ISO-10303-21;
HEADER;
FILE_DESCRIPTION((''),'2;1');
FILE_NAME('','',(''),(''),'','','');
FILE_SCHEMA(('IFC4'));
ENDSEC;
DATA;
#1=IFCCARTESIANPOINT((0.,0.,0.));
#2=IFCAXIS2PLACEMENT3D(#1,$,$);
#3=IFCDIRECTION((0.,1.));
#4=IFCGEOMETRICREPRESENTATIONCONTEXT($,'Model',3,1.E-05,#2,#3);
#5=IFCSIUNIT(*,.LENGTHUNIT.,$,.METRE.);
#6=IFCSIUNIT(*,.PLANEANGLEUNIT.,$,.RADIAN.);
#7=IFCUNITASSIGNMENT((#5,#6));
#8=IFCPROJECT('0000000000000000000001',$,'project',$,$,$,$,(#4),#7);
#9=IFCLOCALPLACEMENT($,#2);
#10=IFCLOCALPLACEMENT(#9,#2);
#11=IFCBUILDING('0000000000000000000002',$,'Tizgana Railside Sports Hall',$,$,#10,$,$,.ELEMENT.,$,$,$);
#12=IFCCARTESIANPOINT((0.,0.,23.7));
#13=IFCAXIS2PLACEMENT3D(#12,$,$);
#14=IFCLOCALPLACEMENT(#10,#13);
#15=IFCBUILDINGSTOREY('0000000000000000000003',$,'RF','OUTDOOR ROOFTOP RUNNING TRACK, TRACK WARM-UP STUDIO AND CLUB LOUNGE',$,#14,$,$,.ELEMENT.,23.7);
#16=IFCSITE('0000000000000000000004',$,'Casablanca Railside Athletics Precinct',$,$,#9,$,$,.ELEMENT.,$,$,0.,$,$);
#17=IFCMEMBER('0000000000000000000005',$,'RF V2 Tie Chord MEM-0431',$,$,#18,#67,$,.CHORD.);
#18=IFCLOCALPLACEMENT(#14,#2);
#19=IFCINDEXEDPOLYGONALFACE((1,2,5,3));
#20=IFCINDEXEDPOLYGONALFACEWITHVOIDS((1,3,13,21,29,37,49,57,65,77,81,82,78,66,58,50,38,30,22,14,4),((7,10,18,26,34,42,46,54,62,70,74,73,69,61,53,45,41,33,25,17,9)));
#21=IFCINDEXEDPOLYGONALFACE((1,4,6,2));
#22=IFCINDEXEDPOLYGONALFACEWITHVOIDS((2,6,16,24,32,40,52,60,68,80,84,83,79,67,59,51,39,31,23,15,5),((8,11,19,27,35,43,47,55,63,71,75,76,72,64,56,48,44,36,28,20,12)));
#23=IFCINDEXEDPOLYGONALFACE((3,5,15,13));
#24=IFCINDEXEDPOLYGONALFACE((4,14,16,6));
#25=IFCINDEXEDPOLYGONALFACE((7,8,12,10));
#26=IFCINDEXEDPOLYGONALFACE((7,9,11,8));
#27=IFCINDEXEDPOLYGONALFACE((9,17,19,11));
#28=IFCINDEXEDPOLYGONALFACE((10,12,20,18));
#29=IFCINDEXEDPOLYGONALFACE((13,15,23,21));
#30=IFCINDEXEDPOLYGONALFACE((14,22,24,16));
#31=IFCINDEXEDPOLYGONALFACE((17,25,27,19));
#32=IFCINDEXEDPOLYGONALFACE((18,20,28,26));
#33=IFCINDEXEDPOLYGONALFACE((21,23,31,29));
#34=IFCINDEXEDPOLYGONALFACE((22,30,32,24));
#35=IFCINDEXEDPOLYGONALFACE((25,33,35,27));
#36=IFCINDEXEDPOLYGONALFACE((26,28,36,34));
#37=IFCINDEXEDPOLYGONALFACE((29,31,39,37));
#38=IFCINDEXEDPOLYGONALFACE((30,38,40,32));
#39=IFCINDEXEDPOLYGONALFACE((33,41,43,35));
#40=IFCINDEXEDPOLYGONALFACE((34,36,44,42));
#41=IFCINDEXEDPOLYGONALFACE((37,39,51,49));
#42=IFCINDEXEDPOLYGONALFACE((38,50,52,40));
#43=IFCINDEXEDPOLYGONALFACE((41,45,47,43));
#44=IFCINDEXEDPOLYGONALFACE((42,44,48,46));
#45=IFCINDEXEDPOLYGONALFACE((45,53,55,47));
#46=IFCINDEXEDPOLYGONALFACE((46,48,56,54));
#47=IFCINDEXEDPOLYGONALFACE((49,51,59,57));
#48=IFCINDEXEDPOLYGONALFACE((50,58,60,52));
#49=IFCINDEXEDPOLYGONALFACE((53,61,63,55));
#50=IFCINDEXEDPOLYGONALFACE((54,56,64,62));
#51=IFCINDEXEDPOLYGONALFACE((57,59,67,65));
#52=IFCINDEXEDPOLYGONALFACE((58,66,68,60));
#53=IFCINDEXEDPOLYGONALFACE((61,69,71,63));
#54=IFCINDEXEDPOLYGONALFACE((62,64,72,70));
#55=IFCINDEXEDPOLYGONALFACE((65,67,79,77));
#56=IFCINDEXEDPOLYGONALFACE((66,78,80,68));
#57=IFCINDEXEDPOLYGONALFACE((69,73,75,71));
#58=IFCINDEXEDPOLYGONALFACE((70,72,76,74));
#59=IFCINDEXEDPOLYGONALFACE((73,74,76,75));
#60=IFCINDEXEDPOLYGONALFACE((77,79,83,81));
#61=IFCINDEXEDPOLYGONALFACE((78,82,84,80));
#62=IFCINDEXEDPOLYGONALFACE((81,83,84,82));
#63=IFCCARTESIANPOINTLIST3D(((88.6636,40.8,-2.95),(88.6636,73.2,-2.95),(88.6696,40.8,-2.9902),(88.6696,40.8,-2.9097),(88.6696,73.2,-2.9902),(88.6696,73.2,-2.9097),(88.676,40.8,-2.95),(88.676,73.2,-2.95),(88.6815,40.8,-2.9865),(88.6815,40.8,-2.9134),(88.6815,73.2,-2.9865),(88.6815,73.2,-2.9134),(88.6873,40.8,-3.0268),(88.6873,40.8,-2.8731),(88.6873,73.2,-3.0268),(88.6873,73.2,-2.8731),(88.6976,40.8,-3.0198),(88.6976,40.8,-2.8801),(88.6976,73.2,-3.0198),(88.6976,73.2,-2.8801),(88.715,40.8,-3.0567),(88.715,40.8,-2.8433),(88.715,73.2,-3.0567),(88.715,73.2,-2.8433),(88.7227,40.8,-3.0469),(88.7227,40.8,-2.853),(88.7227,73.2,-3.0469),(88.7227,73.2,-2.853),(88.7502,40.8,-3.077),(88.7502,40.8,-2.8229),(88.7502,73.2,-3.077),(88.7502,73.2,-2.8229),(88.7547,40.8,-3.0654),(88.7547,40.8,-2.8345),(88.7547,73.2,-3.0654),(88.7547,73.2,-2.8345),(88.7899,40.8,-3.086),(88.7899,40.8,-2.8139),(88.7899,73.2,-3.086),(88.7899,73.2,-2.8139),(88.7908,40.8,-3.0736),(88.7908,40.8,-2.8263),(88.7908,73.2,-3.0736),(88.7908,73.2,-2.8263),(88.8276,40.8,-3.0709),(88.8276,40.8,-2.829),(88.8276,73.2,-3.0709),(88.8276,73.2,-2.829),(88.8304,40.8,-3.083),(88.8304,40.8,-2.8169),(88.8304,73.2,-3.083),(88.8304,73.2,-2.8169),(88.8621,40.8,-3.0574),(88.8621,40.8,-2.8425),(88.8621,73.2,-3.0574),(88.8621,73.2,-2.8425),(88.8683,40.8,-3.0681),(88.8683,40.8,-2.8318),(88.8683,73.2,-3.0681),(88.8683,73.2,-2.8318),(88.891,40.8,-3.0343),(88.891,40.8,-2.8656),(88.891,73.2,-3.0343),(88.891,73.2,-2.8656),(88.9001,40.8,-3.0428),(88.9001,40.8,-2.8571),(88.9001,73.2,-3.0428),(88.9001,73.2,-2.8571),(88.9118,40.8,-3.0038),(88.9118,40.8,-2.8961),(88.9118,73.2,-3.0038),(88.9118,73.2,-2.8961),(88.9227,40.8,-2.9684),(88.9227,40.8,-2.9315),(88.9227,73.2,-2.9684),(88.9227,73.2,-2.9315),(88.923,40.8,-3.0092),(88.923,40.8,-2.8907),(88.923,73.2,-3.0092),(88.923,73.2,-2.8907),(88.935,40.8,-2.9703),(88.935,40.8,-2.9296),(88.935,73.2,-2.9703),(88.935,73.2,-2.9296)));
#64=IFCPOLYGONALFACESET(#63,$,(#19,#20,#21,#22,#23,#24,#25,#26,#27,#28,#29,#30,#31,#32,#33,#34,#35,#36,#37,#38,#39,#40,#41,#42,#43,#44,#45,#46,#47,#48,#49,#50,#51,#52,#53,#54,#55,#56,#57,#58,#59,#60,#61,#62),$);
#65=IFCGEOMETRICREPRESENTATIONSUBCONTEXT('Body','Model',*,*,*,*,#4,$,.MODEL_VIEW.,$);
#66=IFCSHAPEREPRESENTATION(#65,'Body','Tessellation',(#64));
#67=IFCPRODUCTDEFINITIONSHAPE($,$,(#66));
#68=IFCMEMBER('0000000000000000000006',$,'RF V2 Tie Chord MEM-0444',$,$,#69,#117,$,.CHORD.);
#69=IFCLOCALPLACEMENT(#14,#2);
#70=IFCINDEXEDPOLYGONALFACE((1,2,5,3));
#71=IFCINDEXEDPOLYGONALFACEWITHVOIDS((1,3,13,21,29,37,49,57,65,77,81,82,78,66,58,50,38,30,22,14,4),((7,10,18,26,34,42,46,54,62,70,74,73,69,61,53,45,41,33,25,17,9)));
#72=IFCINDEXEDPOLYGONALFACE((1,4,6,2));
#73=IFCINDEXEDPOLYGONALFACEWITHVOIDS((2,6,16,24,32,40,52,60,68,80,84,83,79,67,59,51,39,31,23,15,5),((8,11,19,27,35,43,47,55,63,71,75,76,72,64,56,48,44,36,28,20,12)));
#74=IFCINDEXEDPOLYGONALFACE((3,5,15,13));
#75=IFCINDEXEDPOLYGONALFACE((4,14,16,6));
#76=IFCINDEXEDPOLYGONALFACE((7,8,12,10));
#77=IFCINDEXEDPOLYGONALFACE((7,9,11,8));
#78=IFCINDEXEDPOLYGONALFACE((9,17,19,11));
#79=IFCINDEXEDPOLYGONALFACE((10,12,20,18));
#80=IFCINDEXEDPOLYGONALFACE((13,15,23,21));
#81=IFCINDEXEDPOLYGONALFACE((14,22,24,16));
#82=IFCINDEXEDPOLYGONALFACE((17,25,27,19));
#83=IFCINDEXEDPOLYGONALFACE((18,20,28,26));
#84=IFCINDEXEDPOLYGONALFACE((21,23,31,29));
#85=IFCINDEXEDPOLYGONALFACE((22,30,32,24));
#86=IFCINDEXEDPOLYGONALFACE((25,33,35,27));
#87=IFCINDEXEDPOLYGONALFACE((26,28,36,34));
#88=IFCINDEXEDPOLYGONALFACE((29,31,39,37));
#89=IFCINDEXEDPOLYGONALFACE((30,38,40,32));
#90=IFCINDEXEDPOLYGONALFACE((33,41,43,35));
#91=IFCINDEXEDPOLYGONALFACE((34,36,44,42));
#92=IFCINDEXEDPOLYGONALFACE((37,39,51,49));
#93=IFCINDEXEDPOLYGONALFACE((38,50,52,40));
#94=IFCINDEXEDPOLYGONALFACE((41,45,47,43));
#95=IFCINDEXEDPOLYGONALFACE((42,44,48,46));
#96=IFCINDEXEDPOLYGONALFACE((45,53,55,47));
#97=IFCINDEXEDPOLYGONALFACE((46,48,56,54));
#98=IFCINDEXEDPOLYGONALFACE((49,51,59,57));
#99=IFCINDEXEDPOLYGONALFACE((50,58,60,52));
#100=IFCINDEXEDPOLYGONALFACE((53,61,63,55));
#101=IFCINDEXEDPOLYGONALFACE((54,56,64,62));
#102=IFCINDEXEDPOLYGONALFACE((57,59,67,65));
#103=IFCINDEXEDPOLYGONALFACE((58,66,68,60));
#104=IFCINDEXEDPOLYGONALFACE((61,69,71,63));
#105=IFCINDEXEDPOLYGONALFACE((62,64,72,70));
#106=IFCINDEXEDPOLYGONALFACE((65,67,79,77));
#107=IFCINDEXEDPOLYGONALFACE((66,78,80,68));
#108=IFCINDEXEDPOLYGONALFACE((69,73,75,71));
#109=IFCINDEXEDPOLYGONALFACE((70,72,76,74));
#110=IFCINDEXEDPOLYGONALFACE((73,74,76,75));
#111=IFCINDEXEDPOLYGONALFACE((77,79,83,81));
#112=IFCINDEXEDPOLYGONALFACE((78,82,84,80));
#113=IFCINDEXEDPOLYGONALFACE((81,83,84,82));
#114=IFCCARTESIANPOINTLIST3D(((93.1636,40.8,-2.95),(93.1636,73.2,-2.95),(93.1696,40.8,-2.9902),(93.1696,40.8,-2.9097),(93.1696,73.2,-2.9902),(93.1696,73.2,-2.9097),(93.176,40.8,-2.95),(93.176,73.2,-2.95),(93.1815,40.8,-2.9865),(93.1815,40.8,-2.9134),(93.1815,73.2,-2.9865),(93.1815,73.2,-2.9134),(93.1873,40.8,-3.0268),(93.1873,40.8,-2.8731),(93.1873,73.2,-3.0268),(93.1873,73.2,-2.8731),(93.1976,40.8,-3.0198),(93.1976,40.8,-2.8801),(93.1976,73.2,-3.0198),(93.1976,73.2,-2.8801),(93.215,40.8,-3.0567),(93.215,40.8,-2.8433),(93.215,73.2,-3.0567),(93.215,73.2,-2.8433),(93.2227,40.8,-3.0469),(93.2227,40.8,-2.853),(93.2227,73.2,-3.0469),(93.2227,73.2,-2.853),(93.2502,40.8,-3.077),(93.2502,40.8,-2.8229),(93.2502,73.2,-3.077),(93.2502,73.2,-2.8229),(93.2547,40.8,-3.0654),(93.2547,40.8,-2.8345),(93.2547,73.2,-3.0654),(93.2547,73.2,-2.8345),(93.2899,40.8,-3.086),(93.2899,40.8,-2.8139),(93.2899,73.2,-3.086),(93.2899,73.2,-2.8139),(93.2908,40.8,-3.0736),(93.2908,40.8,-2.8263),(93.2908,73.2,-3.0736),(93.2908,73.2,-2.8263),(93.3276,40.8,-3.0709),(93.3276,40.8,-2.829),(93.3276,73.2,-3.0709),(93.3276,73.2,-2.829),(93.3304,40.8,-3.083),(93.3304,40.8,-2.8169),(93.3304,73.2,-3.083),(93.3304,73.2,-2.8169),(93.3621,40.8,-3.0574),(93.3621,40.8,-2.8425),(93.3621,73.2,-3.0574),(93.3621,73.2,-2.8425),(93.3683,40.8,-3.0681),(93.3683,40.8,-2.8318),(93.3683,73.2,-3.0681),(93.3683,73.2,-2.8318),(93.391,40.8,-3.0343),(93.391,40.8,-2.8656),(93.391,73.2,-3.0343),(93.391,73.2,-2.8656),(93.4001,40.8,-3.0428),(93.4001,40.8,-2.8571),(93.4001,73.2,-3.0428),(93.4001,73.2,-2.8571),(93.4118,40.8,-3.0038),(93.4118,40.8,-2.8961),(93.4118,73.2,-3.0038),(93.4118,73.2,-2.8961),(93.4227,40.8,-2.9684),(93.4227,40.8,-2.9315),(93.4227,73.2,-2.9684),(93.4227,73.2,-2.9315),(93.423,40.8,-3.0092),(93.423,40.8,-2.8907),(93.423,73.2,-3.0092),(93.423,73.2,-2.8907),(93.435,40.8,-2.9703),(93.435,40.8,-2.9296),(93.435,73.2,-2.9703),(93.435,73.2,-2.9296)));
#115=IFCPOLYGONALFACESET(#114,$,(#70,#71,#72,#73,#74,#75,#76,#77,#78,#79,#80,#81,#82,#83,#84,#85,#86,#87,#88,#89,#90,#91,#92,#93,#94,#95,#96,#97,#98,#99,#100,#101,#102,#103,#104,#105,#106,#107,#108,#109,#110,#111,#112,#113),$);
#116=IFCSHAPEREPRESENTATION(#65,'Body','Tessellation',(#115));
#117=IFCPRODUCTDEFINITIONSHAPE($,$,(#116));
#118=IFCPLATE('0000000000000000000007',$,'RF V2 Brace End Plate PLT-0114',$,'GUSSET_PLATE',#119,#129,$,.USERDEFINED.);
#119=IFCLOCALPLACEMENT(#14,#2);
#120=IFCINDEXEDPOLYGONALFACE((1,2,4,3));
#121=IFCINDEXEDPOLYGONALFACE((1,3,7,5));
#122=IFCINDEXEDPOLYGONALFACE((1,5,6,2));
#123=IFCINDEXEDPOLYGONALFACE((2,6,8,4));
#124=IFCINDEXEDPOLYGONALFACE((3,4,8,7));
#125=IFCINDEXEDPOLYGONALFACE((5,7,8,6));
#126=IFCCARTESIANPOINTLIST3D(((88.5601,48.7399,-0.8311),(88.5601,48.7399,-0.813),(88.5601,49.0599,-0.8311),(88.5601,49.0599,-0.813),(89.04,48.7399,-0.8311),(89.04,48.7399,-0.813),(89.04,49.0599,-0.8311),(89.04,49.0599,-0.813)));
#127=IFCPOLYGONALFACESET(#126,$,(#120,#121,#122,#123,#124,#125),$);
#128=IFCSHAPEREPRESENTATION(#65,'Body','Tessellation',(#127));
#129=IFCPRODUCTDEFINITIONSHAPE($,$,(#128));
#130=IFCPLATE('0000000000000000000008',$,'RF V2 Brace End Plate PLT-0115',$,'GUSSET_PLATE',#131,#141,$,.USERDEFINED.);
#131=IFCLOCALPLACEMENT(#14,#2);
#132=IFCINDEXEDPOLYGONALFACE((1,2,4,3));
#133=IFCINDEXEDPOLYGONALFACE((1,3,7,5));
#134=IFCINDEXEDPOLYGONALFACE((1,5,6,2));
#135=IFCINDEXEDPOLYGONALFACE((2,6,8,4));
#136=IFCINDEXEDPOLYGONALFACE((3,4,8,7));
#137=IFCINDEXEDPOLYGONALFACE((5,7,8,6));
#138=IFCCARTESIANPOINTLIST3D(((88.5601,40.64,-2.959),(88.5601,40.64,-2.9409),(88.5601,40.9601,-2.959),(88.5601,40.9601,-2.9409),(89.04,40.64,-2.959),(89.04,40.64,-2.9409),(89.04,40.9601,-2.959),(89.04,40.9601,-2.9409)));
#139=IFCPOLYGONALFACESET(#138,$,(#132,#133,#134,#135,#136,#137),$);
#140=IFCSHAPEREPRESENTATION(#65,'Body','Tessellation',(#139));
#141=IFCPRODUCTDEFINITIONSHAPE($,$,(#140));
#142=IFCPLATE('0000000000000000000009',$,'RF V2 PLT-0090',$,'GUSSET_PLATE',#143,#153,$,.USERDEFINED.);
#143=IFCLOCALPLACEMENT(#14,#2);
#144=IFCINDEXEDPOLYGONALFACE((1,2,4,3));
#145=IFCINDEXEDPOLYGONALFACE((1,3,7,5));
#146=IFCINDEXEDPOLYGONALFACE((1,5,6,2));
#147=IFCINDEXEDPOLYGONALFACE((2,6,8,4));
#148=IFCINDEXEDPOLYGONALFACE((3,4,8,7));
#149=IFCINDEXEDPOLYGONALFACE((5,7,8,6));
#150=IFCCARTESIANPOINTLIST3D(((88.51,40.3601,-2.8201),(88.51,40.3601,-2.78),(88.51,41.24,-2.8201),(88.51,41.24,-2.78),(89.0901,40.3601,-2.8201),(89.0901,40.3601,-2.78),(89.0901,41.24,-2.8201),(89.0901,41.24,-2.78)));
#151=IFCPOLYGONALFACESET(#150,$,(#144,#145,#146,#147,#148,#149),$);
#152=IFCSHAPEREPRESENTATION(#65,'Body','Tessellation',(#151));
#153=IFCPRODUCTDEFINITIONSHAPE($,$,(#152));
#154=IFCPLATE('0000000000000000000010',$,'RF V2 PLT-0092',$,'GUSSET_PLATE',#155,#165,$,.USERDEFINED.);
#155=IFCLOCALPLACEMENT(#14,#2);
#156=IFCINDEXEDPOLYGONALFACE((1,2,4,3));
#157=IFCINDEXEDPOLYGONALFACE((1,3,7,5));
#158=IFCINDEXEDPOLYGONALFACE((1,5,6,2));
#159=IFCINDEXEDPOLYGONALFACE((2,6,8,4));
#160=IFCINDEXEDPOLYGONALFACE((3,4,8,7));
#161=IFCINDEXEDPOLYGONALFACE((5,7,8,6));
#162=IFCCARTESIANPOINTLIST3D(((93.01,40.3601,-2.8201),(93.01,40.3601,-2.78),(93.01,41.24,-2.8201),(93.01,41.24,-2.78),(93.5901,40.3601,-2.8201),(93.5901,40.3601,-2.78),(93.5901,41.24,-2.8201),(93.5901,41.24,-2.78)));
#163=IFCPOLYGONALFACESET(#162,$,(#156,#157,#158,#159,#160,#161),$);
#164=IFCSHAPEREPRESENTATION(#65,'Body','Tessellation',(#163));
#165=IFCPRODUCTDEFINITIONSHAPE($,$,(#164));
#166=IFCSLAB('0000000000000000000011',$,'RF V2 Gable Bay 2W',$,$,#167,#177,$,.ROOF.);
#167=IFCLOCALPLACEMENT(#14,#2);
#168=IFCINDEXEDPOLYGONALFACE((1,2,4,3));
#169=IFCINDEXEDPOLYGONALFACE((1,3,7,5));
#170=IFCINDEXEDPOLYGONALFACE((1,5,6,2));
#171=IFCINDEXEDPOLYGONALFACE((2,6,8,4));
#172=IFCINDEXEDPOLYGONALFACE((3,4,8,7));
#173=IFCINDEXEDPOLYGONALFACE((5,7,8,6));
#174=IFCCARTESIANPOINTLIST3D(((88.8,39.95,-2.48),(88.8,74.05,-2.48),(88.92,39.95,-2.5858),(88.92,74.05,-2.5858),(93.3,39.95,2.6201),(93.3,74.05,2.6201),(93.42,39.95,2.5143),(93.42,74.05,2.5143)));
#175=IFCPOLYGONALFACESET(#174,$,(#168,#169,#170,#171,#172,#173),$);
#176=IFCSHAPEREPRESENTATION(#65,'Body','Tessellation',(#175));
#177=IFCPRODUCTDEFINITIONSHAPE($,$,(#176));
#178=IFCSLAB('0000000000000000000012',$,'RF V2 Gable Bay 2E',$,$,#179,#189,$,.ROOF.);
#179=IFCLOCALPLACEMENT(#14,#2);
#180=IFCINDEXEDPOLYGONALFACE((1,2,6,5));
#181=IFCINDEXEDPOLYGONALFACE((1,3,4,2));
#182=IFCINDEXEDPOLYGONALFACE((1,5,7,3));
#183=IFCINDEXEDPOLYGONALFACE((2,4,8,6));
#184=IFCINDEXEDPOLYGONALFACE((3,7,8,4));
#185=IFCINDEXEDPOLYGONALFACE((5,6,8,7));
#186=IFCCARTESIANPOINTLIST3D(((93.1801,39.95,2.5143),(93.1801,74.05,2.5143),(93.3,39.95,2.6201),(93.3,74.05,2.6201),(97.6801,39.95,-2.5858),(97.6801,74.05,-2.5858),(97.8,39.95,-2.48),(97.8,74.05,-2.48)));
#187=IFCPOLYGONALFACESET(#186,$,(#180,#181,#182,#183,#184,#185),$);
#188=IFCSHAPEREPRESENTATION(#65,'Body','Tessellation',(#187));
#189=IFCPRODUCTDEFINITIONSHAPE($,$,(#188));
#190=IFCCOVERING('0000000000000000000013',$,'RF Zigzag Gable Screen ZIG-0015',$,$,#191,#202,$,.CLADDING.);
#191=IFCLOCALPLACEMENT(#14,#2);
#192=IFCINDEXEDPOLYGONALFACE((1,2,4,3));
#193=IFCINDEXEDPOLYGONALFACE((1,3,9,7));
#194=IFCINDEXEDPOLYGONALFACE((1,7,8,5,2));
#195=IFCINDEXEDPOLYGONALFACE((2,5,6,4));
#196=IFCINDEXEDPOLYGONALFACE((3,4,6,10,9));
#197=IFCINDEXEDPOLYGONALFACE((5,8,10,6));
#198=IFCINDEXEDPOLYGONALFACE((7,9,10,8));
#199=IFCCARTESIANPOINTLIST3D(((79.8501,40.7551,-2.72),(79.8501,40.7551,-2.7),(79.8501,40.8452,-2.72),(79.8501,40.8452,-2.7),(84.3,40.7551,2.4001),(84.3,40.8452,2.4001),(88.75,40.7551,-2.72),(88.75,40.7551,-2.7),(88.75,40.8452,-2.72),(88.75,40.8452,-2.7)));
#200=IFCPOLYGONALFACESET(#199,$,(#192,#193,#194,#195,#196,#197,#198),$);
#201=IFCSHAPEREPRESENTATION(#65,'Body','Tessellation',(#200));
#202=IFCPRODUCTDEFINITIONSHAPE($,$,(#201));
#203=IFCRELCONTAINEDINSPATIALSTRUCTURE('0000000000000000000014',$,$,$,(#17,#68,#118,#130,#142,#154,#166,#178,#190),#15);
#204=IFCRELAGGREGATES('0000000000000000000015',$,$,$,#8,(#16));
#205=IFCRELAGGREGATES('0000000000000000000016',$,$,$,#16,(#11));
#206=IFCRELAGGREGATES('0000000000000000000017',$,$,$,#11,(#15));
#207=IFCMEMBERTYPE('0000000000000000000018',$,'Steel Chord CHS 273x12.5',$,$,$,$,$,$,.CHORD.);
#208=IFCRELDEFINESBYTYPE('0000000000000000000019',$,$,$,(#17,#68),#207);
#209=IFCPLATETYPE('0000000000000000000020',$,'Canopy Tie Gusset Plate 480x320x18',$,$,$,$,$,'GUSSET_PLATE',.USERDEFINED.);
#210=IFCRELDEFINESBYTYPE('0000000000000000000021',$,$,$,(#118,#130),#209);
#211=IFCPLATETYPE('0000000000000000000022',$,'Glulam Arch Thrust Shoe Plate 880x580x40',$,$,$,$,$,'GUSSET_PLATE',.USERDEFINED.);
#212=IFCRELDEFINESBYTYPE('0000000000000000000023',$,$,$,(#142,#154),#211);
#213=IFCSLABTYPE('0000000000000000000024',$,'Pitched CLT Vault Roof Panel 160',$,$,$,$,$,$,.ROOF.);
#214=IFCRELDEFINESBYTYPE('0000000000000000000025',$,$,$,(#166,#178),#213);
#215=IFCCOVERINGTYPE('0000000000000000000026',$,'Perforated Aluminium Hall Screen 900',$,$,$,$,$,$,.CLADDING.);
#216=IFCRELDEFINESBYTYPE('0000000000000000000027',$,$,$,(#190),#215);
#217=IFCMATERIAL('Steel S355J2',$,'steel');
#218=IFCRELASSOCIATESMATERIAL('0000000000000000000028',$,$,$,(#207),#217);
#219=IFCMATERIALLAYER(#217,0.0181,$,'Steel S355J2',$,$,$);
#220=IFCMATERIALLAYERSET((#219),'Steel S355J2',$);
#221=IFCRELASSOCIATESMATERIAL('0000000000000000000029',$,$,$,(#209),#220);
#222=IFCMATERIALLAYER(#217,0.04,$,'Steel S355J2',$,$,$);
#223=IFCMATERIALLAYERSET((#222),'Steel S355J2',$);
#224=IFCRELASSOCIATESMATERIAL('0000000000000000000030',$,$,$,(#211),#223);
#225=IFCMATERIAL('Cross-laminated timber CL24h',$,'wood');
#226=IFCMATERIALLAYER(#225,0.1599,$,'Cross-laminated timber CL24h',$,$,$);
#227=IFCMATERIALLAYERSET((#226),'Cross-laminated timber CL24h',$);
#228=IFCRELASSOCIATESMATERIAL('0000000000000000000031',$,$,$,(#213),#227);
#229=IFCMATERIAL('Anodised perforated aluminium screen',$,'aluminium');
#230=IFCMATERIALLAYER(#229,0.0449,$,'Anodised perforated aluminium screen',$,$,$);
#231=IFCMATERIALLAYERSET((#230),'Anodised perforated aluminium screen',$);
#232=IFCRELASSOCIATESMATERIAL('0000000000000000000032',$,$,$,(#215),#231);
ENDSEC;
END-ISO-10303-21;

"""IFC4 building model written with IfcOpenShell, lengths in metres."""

from ifc_helpers import new_model, si_unit, direction, frame, origin, origin_2d, place, context, subcontext, project, spatial, polyline, rectangle, hollow_circle, outline, extrude, material, layer, layer_set, material_profile, profile_set, type_object, element, save


model = new_model("IFC4")

# Units and contexts
model_context = context("Model", 3, precision=1e-05, world=origin(), true_north=direction((0.0, 1.0)))
body_context = subcontext(model_context, "Body", "Model", "MODEL_VIEW")
ifc_project = project(units=[si_unit("LENGTHUNIT", "METRE"), si_unit("PLANEANGLEUNIT", "RADIAN")], contexts=[model_context])

# Site, building, storey
site_placement = place(None, origin())
site = spatial("IfcSite", under=ifc_project, at=site_placement, Name="Casablanca Railside Athletics Precinct", CompositionType="ELEMENT", RefElevation=0.0)
building_placement = place(site_placement, origin())
building = spatial("IfcBuilding", under=site, at=building_placement, Name="Tizgana Railside Sports Hall", CompositionType="ELEMENT")
storey_placement = place(building_placement, frame((0.0, 0.0, 23.7)))
storey = spatial("IfcBuildingStorey", under=building, at=storey_placement, Name="RF", Description="OUTDOOR ROOFTOP RUNNING TRACK, TRACK WARM-UP STUDIO AND CLUB LOUNGE", CompositionType="ELEMENT", Elevation=23.7)

# Members
ifc_material_1 = material(Name="Steel S355J2", Category="steel")
ifc_material_profile_1 = material_profile(ifc_material_1, hollow_circle(Radius=0.1365, WallThickness=0.0125, at=origin_2d()), Name="CHS 273x12.5")
ifc_profile_set_1 = profile_set([ifc_material_profile_1], Name="Steel S355J2")
member_type_1 = type_object("IfcMemberType", Name="Steel Chord CHS 273x12.5", PredefinedType="CHORD", material=ifc_profile_set_1)
for number, where, z_axis, x_axis, name in (
    (1, (88.8, 40.8, -2.95), (0.0, 1.0, 0.0), (-1.0, 0.0, 0.0), "RF V2 Tie Chord MEM-0431"),
    (2, (93.3, 40.8, -2.95), (0.0, 1.0, 0.0), (-1.0, 0.0, 0.0), "RF V2 Tie Chord MEM-0444"),
):
    element("IfcMember", number, at=place(storey_placement, frame(where, z_axis=z_axis, x_axis=x_axis)), inside=storey, type_object=member_type_1, Name=name, PredefinedType="CHORD", context=body_context, shape_type="SweptSolid", body=[
        extrude(hollow_circle(Radius=0.1365, WallThickness=0.0125, at=origin_2d()), origin(), (0.0, 0.0, 1.0), 32.3999),
    ])

# Plates
ifc_layer_1 = layer(ifc_material_1, 0.0181, Name="Steel S355J2")
ifc_layer_set_1 = layer_set([ifc_layer_1], Name="Steel S355J2")
plate_type_1 = type_object("IfcPlateType", Name="Canopy Tie Gusset Plate 480x320x18", ElementType="GUSSET_PLATE", PredefinedType="USERDEFINED", material=ifc_layer_set_1)
for number, where, z_axis, x_axis, name in (
    (3, (88.8, 48.8999, -0.8311), (0.0, 0.0, 1.0), (1.0, 0.0, 0.0), "RF V2 Brace End Plate PLT-0114"),
    (4, (88.8, 40.8, -2.959), (0.0, 0.0, 1.0), (1.0, 0.0, 0.0), "RF V2 Brace End Plate PLT-0115"),
):
    element("IfcPlate", number, at=place(storey_placement, frame(where, z_axis=z_axis, x_axis=x_axis)), inside=storey, type_object=plate_type_1, Name=name, ObjectType="GUSSET_PLATE", PredefinedType="USERDEFINED", context=body_context, shape_type="SweptSolid", body=[
        extrude(rectangle(XDim=0.48, YDim=0.3201, at=origin_2d()), origin(), (0.0, 0.0, 1.0), 0.0181),
    ])
ifc_layer_2 = layer(ifc_material_1, 0.04, Name="Steel S355J2")
ifc_layer_set_2 = layer_set([ifc_layer_2], Name="Steel S355J2")
plate_type_2 = type_object("IfcPlateType", Name="Glulam Arch Thrust Shoe Plate 880x580x40", ElementType="GUSSET_PLATE", PredefinedType="USERDEFINED", material=ifc_layer_set_2)
for number, where, z_axis, x_axis, name in (
    (5, (88.8, 40.8, -2.8201), (0.0, 0.0, 1.0), (1.0, 0.0, 0.0), "RF V2 PLT-0090"),
    (6, (93.3, 40.8, -2.8201), (0.0, 0.0, 1.0), (1.0, 0.0, 0.0), "RF V2 PLT-0092"),
):
    element("IfcPlate", number, at=place(storey_placement, frame(where, z_axis=z_axis, x_axis=x_axis)), inside=storey, type_object=plate_type_2, Name=name, ObjectType="GUSSET_PLATE", PredefinedType="USERDEFINED", context=body_context, shape_type="SweptSolid", body=[
        extrude(rectangle(XDim=0.5801, YDim=0.8799, at=origin_2d()), origin(), (0.0, 0.0, 1.0), 0.04),
    ])

# Slabs
ifc_material_2 = material(Name="Cross-laminated timber CL24h", Category="wood")
ifc_layer_3 = layer(ifc_material_2, 0.1599, Name="Cross-laminated timber CL24h")
ifc_layer_set_3 = layer_set([ifc_layer_3], Name="Cross-laminated timber CL24h")
slab_type = type_object("IfcSlabType", Name="Pitched CLT Vault Roof Panel 160", PredefinedType="ROOF", material=ifc_layer_set_3)
for number, where, z_axis, x_axis, name in (
    (7, (88.8, 39.95, -2.48), (-0.749844, 0.0, 0.661615), (0.661615, 0.0, 0.749844), "RF V2 Gable Bay 2W"),
    (8, (93.3, 39.95, 2.6201), (0.749844, 0.0, 0.661615), (0.661615, 0.0, -0.749844), "RF V2 Gable Bay 2E"),
):
    element("IfcSlab", number, at=place(storey_placement, frame(where, z_axis=z_axis, x_axis=x_axis)), inside=storey, type_object=slab_type, Name=name, PredefinedType="ROOF", context=body_context, shape_type="SweptSolid", body=[
        extrude(outline(polyline([(0.0, 0.0), (6.8015, 0.0), (6.8015, 34.1001), (0.0, 34.1001), (0.0, 0.0)])), origin(), (0.0, 0.0, -1.0), 0.1599),
    ])

# Covering
ifc_material_3 = material(Name="Anodised perforated aluminium screen", Category="aluminium")
ifc_layer_4 = layer(ifc_material_3, 0.0449, Name="Anodised perforated aluminium screen")
ifc_layer_set_4 = layer_set([ifc_layer_4], Name="Anodised perforated aluminium screen")
covering_type_1 = type_object("IfcCoveringType", Name="Perforated Aluminium Hall Screen 900", PredefinedType="CLADDING", material=ifc_layer_set_4)
covering_placement = place(storey_placement, frame((88.75, 40.8, -2.72), z_axis=(0.0, 0.0, 1.0), x_axis=(-1.0, 0.0, 0.0)))
element("IfcCovering", 9, at=covering_placement, inside=storey, type_object=covering_type_1, Name="RF Zigzag Gable Screen ZIG-0015", PredefinedType="CLADDING", context=body_context, shape_type="SweptSolid", body=[
    extrude(outline(polyline([(0.0, 0.0), (8.8999, 0.0), (8.8999, 0.02), (4.45, 5.1201), (0.0, 0.02), (0.0, 0.0)])), frame((0.0, 0.0449, 0.0), z_axis=(0.0, -1.0, 0.0), x_axis=(1.0, 0.0, 0.0)), (0.0, 0.0, 1.0), 0.0901),
])

save(model, "model.ifc")
